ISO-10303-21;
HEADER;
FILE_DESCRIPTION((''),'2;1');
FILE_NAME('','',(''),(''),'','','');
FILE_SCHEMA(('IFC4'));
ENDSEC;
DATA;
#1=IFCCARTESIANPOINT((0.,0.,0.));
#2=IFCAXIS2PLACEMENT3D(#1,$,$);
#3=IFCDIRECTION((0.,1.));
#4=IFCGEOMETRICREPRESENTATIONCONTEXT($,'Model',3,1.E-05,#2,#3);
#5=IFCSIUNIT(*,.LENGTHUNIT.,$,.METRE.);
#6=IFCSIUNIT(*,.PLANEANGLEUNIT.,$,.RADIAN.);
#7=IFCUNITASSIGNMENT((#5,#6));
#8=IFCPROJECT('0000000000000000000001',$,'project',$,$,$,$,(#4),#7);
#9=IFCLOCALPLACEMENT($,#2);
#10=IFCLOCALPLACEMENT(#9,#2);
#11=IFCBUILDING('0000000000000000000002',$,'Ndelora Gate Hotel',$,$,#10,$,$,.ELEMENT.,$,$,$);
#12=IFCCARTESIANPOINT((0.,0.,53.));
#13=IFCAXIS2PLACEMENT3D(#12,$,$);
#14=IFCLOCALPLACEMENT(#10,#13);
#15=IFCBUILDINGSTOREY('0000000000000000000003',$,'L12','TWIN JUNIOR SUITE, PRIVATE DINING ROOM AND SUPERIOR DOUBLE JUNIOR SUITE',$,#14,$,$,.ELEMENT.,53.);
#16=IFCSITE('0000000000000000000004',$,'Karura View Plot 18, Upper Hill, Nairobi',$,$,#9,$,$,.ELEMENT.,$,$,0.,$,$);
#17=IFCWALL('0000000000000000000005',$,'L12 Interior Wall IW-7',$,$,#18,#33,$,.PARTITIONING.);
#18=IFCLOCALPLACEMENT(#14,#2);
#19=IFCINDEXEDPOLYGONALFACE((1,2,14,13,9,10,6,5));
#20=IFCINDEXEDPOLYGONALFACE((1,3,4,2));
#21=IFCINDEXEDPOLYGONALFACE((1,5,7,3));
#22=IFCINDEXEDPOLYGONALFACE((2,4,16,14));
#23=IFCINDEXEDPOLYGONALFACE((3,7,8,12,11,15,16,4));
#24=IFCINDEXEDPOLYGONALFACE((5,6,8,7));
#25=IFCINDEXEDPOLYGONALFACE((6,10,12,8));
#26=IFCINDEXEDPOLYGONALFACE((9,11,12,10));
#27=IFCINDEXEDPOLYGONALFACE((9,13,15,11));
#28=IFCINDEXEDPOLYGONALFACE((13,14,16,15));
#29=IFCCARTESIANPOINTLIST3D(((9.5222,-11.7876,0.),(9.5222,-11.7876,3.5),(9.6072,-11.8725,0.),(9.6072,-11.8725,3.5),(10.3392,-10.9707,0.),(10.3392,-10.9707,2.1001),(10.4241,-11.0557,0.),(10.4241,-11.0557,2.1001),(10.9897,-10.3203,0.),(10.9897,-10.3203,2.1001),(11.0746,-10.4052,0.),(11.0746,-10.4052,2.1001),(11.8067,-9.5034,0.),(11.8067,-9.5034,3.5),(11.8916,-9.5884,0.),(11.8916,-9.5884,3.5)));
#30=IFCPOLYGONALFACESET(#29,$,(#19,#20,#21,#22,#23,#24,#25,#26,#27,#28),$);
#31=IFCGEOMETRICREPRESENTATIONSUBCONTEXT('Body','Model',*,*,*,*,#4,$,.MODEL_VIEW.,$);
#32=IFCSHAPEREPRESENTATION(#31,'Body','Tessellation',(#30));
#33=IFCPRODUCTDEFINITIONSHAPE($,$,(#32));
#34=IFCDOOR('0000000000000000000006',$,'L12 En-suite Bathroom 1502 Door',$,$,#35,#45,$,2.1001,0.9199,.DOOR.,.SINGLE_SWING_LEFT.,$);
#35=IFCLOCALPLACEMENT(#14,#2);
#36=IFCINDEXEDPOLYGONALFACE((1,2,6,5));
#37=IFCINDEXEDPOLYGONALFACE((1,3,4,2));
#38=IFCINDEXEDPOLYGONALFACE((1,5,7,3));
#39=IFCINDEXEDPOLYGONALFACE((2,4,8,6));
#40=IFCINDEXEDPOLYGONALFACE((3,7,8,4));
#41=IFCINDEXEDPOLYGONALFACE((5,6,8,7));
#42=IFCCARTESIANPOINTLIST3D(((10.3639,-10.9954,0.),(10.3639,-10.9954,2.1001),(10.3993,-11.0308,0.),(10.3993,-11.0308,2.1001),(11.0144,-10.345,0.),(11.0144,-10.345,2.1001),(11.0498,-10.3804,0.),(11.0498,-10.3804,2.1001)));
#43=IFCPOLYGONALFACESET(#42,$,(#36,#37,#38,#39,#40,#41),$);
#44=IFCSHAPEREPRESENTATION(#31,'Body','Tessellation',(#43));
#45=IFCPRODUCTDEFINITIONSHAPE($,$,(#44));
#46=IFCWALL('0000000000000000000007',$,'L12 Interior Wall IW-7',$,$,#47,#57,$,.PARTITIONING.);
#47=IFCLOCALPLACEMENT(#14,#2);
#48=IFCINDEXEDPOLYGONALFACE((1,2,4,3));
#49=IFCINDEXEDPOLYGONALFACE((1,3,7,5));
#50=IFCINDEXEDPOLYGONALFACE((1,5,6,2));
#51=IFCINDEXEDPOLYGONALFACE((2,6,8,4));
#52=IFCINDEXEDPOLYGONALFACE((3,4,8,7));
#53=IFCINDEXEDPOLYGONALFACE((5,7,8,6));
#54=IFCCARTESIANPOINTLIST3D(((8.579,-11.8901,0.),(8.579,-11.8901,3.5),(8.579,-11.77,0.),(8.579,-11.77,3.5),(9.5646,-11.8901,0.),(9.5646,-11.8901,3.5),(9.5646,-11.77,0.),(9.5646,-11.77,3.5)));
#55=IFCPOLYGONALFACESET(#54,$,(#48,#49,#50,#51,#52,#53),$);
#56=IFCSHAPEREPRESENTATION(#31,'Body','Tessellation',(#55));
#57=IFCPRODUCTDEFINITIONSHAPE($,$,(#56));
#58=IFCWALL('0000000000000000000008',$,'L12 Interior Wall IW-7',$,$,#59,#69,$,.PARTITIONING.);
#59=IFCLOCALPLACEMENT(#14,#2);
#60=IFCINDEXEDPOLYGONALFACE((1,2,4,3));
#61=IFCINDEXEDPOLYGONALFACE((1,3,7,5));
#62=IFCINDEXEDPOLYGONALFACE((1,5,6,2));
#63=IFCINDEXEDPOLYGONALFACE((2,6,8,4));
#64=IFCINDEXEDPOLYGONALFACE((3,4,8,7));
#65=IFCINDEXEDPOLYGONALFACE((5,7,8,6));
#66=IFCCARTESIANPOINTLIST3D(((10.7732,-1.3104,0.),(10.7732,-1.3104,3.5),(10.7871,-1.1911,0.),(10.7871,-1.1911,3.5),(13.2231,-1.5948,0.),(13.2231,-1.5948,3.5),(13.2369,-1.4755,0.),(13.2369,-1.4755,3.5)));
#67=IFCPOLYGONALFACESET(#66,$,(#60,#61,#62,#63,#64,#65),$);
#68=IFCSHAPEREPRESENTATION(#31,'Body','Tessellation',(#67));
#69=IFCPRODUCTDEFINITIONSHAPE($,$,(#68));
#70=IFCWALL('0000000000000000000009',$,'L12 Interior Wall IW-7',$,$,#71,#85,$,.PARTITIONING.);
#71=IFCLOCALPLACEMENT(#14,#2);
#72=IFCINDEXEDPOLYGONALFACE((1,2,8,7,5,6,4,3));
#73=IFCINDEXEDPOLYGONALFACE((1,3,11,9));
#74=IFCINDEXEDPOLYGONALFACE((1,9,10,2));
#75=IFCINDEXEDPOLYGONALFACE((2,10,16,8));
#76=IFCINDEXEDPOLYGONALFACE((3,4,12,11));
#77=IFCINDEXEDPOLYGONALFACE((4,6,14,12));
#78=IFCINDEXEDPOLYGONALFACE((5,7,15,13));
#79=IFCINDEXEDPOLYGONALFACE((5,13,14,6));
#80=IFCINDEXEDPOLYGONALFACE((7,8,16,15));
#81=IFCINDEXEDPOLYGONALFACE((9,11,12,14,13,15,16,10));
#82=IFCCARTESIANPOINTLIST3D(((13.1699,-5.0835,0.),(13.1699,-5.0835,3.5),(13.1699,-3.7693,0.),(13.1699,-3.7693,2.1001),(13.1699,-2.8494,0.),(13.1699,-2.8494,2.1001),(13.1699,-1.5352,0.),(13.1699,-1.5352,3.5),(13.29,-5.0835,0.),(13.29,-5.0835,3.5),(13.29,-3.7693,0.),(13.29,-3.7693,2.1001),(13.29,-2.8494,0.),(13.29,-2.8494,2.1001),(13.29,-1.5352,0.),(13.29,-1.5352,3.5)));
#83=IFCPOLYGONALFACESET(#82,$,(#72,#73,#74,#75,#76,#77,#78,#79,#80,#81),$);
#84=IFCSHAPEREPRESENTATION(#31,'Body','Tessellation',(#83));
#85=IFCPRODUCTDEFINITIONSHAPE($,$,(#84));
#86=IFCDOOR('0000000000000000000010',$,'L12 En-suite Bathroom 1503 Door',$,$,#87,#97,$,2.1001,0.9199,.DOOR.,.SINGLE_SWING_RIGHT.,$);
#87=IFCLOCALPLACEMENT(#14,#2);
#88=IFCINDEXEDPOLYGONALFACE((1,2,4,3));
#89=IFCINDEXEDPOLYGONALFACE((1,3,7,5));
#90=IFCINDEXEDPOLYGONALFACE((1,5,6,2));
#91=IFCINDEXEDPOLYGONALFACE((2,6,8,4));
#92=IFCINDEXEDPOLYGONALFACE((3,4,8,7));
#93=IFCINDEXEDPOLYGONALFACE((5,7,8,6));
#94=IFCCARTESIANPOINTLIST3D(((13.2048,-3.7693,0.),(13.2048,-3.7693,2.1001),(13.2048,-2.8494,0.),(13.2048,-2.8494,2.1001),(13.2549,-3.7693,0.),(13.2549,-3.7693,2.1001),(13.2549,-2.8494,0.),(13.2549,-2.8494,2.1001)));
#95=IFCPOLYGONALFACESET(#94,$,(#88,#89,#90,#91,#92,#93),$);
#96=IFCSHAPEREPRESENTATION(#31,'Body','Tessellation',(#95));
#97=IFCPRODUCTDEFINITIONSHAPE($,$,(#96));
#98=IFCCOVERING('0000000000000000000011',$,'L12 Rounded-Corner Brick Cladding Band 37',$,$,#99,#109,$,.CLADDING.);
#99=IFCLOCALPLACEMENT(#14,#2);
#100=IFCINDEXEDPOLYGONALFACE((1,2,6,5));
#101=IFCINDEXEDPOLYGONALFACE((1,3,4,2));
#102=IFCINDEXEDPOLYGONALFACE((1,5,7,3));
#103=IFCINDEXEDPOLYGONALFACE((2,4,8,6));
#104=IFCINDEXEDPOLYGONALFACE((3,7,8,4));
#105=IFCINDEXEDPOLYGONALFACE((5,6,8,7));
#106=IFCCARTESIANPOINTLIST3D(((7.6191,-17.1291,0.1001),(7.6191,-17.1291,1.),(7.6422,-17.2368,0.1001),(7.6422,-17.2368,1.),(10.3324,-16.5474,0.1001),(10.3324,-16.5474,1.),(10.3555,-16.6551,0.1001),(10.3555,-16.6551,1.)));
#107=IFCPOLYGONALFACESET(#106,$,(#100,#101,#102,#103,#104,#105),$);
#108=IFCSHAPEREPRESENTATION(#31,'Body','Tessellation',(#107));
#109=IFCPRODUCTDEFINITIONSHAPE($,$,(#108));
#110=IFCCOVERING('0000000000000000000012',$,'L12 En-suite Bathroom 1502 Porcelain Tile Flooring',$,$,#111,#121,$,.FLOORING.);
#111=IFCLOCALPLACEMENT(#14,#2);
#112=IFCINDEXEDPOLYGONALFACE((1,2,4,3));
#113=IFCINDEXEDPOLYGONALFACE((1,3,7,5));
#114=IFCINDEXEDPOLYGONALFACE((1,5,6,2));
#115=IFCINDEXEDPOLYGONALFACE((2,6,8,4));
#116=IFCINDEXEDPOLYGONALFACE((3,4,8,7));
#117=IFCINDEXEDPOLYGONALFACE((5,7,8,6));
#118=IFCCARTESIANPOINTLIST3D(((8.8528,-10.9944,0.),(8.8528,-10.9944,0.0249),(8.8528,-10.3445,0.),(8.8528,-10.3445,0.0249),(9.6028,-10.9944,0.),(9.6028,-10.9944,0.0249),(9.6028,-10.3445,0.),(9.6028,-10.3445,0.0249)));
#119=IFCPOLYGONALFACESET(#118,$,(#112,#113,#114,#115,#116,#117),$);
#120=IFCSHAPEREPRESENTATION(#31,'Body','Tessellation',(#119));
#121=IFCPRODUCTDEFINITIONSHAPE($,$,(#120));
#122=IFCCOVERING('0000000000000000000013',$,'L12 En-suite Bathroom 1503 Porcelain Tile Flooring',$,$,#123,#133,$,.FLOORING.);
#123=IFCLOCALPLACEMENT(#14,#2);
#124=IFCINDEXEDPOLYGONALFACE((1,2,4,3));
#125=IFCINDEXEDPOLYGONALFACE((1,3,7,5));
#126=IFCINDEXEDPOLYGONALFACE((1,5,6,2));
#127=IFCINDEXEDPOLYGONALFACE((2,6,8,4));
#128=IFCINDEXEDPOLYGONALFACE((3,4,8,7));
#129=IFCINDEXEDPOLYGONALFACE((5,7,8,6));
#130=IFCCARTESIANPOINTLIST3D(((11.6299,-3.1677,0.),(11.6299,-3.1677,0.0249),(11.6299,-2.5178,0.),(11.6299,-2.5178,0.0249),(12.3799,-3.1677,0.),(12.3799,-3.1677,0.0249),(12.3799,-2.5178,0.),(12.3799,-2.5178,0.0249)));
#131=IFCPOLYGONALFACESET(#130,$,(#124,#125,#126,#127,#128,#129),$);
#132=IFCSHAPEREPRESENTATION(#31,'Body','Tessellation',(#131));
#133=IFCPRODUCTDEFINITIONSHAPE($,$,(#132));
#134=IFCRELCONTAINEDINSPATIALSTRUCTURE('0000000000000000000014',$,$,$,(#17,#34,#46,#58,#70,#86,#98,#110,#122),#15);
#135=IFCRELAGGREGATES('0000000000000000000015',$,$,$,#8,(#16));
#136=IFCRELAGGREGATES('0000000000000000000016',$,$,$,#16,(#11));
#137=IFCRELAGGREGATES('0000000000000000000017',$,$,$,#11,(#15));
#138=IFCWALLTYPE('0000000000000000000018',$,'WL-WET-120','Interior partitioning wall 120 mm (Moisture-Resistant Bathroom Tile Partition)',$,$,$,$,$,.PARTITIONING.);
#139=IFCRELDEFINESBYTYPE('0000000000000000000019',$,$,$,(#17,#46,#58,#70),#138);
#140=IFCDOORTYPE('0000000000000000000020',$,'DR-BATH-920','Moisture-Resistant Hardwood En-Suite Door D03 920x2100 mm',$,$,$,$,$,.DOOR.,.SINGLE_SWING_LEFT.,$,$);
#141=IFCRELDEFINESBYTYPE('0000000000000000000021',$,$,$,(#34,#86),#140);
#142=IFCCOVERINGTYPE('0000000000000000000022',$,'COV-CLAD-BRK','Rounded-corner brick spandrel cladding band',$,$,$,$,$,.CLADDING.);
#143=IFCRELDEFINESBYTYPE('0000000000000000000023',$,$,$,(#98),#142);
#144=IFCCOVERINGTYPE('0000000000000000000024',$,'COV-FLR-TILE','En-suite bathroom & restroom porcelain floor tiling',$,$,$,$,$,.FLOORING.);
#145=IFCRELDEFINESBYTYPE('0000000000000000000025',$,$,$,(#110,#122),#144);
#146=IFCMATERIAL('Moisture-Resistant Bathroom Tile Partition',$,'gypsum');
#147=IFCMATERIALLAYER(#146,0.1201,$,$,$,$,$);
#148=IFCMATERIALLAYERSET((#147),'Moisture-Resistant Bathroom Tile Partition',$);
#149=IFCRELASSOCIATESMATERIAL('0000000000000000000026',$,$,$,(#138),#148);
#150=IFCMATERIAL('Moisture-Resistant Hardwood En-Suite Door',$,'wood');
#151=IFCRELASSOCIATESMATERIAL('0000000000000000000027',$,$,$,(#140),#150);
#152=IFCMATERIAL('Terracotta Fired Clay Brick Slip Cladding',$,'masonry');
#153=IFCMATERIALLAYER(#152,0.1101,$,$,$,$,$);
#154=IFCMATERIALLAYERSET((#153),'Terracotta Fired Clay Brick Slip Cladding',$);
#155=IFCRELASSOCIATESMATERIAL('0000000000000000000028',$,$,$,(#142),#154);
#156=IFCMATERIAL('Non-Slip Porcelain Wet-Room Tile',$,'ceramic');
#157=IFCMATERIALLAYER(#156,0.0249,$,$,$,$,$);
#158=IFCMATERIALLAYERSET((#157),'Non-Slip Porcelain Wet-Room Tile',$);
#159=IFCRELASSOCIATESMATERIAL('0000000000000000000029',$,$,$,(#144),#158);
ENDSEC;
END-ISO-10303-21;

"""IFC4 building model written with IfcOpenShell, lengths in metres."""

from ifc_helpers import new_model, si_unit, direction, frame, frame_2d, origin, origin_2d, place, context, subcontext, project, spatial, rectangle, extrude, material, layer, layer_set, type_object, element, fill, save


model = new_model("IFC4")

# Units and contexts
model_context = context("Model", 3, precision=1e-05, world=origin(), true_north=direction((0.0, 1.0)))
body_context = subcontext(model_context, "Body", "Model", "MODEL_VIEW")
ifc_project = project(units=[si_unit("LENGTHUNIT", "METRE"), si_unit("PLANEANGLEUNIT", "RADIAN")], contexts=[model_context])

# Site, building, storey
site_placement = place(None, origin())
site = spatial("IfcSite", under=ifc_project, at=site_placement, Name="Karura View Plot 18, Upper Hill, Nairobi", CompositionType="ELEMENT", RefElevation=0.0)
building_placement = place(site_placement, origin())
building = spatial("IfcBuilding", under=site, at=building_placement, Name="Ndelora Gate Hotel", CompositionType="ELEMENT")
storey_placement = place(building_placement, frame((0.0, 0.0, 53.0)))
storey = spatial("IfcBuildingStorey", under=building, at=storey_placement, Name="L12", Description="TWIN JUNIOR SUITE, PRIVATE DINING ROOM AND SUPERIOR DOUBLE JUNIOR SUITE", CompositionType="ELEMENT", Elevation=53.0)

# Shared definitions
ifc_material_1 = material(Name="Moisture-Resistant Bathroom Tile Partition", Category="gypsum")
ifc_layer_1 = layer(ifc_material_1, 0.1201)
ifc_layer_set_1 = layer_set([ifc_layer_1], Name="Moisture-Resistant Bathroom Tile Partition")
wall_type_1 = type_object("IfcWallType", Name="WL-WET-120", Description="Interior partitioning wall 120 mm (Moisture-Resistant Bathroom Tile Partition)", PredefinedType="PARTITIONING", material=ifc_layer_set_1)

# Wall, opening, door
wall_1_placement = place(storey_placement, frame((11.8491, -9.5459, 0.0), z_axis=(0.0, 0.0, 1.0), x_axis=(-0.707145, -0.707069, 0.0)))
wall_1 = element("IfcWall", 1, at=wall_1_placement, inside=storey, type_object=wall_type_1, Name="L12 Interior Wall IW-7", PredefinedType="PARTITIONING", context=body_context, shape_type="SweptSolid", body=[
    extrude(rectangle(XDim=3.2305, YDim=0.1201, at=frame_2d((1.6152, 0.0))), origin(), (0.0, 0.0, 1.0), 3.5),
])
opening_1_placement = place(wall_1_placement, frame((1.1553, 0.0, 0.0)))
opening_1 = element("IfcOpeningElement", 2, at=opening_1_placement, cuts=wall_1, PredefinedType="OPENING", context=body_context, shape_type="SweptSolid", body=[
    extrude(rectangle(XDim=0.9199, YDim=2.1001, at=frame_2d((0.46, 1.05))), frame((0.0, 0.0701, 0.0), z_axis=(0.0, -1.0, 0.0), x_axis=(1.0, 0.0, 0.0)), (0.0, 0.0, 1.0), 0.1401),
])
ifc_material_2 = material(Name="Moisture-Resistant Hardwood En-Suite Door", Category="wood")
door_type_1 = type_object("IfcDoorType", Name="DR-BATH-920", Description="Moisture-Resistant Hardwood En-Suite Door D03 920x2100 mm", OperationType="SINGLE_SWING_LEFT", PredefinedType="DOOR", material=ifc_material_2)
door_1_placement = place(opening_1_placement, origin())
door_1 = element("IfcDoor", 3, at=door_1_placement, inside=storey, type_object=door_type_1, Name="L12 En-suite Bathroom 1502 Door", OperationType="SINGLE_SWING_LEFT", OverallHeight=2.1001, OverallWidth=0.9199, PredefinedType="DOOR", context=body_context, shape_type="SweptSolid", body=[
    extrude(rectangle(XDim=0.9199, YDim=2.1001, at=frame_2d((0.46, 1.05))), frame((0.0, 0.0249, 0.0), z_axis=(0.0, -1.0, 0.0), x_axis=(1.0, 0.0, 0.0)), (0.0, 0.0, 1.0), 0.05),
])
fill(opening_1, door_1)

# Walls
wall_2_placement = place(storey_placement, frame((8.5791, -11.8301, 0.0), z_axis=(0.0, 0.0, 1.0), x_axis=(1.0, 0.0, 0.0)))
element("IfcWall", 4, at=wall_2_placement, inside=storey, type_object=wall_type_1, Name="L12 Interior Wall IW-7", PredefinedType="PARTITIONING", context=body_context, shape_type="SweptSolid", body=[
    extrude(rectangle(XDim=0.9856, YDim=0.1201, at=frame_2d((0.4927, 0.0))), origin(), (0.0, 0.0, 1.0), 3.5),
])
wall_3_placement = place(storey_placement, frame((13.23, -1.5352, 0.0), z_axis=(0.0, 0.0, 1.0), x_axis=(-0.993328, 0.115319, 0.0)))
element("IfcWall", 5, at=wall_3_placement, inside=storey, type_object=wall_type_1, Name="L12 Interior Wall IW-7", PredefinedType="PARTITIONING", context=body_context, shape_type="SweptSolid", body=[
    extrude(rectangle(XDim=2.4663, YDim=0.1201, at=frame_2d((1.2332, 0.0))), origin(), (0.0, 0.0, 1.0), 3.5),
])

# Wall, opening, door
wall_4_placement = place(storey_placement, frame((13.23, -1.5352, 0.0), z_axis=(0.0, 0.0, 1.0), x_axis=(0.0, -1.0, 0.0)))
wall_4 = element("IfcWall", 6, at=wall_4_placement, inside=storey, type_object=wall_type_1, Name="L12 Interior Wall IW-7", PredefinedType="PARTITIONING", context=body_context, shape_type="SweptSolid", body=[
    extrude(rectangle(XDim=3.5483, YDim=0.1201, at=frame_2d((1.7742, 0.0))), origin(), (0.0, 0.0, 1.0), 3.5),
])
opening_2_placement = place(wall_4_placement, frame((1.3142, 0.0, 0.0)))
opening_2 = element("IfcOpeningElement", 7, at=opening_2_placement, cuts=wall_4, PredefinedType="OPENING", context=body_context, shape_type="SweptSolid", body=[
    extrude(rectangle(XDim=0.9199, YDim=2.1001, at=frame_2d((0.46, 1.05))), frame((0.0, 0.0701, 0.0), z_axis=(0.0, -1.0, 0.0), x_axis=(1.0, 0.0, 0.0)), (0.0, 0.0, 1.0), 0.1401),
])
door_2_placement = place(opening_2_placement, origin())
door_2 = element("IfcDoor", 8, at=door_2_placement, inside=storey, type_object=door_type_1, Name="L12 En-suite Bathroom 1503 Door", OperationType="SINGLE_SWING_RIGHT", OverallHeight=2.1001, OverallWidth=0.9199, PredefinedType="DOOR", context=body_context, shape_type="SweptSolid", body=[
    extrude(rectangle(XDim=0.9199, YDim=2.1001, at=frame_2d((0.46, 1.05))), frame((0.0, 0.0249, 0.0), z_axis=(0.0, -1.0, 0.0), x_axis=(1.0, 0.0, 0.0)), (0.0, 0.0, 1.0), 0.05),
])
fill(opening_2, door_2)

# Coverings
ifc_material_3 = material(Name="Terracotta Fired Clay Brick Slip Cladding", Category="masonry")
ifc_layer_2 = layer(ifc_material_3, 0.1101)
ifc_layer_set_2 = layer_set([ifc_layer_2], Name="Terracotta Fired Clay Brick Slip Cladding")
covering_type_1 = type_object("IfcCoveringType", Name="COV-CLAD-BRK", Description="Rounded-corner brick spandrel cladding band", PredefinedType="CLADDING", material=ifc_layer_set_2)
covering_placement = place(storey_placement, frame((8.9873, -16.8921, 0.1001), z_axis=(0.0, 0.0, 1.0), x_axis=(0.977783, 0.209619, 0.0)))
element("IfcCovering", 9, at=covering_placement, inside=storey, type_object=covering_type_1, Name="L12 Rounded-Corner Brick Cladding Band 37", PredefinedType="CLADDING", context=body_context, shape_type="SweptSolid", body=[
    extrude(rectangle(XDim=2.7749, YDim=0.1101, at=origin_2d()), origin(), (0.0, 0.0, 1.0), 0.8999),
])
ifc_material_4 = material(Name="Non-Slip Porcelain Wet-Room Tile", Category="ceramic")
ifc_layer_3 = layer(ifc_material_4, 0.0249)
ifc_layer_set_3 = layer_set([ifc_layer_3], Name="Non-Slip Porcelain Wet-Room Tile")
covering_type_2 = type_object("IfcCoveringType", Name="COV-FLR-TILE", Description="En-suite bathroom & restroom porcelain floor tiling", PredefinedType="FLOORING", material=ifc_layer_set_3)
for number, where, z_axis, x_axis, name in (
    (10, (9.2278, -10.6694, 0.0), (0.0, 0.0, 1.0), (1.0, 0.0, 0.0), "L12 En-suite Bathroom 1502 Porcelain Tile Flooring"),
    (11, (12.0049, -2.8428, 0.0), (0.0, 0.0, 1.0), (1.0, 0.0, 0.0), "L12 En-suite Bathroom 1503 Porcelain Tile Flooring"),
):
    element("IfcCovering", number, at=place(storey_placement, frame(where, z_axis=z_axis, x_axis=x_axis)), inside=storey, type_object=covering_type_2, Name=name, PredefinedType="FLOORING", context=body_context, shape_type="SweptSolid", body=[
        extrude(rectangle(XDim=0.75, YDim=0.6499, at=origin_2d()), origin(), (0.0, 0.0, 1.0), 0.0249),
    ])

save(model, "model.ifc")
